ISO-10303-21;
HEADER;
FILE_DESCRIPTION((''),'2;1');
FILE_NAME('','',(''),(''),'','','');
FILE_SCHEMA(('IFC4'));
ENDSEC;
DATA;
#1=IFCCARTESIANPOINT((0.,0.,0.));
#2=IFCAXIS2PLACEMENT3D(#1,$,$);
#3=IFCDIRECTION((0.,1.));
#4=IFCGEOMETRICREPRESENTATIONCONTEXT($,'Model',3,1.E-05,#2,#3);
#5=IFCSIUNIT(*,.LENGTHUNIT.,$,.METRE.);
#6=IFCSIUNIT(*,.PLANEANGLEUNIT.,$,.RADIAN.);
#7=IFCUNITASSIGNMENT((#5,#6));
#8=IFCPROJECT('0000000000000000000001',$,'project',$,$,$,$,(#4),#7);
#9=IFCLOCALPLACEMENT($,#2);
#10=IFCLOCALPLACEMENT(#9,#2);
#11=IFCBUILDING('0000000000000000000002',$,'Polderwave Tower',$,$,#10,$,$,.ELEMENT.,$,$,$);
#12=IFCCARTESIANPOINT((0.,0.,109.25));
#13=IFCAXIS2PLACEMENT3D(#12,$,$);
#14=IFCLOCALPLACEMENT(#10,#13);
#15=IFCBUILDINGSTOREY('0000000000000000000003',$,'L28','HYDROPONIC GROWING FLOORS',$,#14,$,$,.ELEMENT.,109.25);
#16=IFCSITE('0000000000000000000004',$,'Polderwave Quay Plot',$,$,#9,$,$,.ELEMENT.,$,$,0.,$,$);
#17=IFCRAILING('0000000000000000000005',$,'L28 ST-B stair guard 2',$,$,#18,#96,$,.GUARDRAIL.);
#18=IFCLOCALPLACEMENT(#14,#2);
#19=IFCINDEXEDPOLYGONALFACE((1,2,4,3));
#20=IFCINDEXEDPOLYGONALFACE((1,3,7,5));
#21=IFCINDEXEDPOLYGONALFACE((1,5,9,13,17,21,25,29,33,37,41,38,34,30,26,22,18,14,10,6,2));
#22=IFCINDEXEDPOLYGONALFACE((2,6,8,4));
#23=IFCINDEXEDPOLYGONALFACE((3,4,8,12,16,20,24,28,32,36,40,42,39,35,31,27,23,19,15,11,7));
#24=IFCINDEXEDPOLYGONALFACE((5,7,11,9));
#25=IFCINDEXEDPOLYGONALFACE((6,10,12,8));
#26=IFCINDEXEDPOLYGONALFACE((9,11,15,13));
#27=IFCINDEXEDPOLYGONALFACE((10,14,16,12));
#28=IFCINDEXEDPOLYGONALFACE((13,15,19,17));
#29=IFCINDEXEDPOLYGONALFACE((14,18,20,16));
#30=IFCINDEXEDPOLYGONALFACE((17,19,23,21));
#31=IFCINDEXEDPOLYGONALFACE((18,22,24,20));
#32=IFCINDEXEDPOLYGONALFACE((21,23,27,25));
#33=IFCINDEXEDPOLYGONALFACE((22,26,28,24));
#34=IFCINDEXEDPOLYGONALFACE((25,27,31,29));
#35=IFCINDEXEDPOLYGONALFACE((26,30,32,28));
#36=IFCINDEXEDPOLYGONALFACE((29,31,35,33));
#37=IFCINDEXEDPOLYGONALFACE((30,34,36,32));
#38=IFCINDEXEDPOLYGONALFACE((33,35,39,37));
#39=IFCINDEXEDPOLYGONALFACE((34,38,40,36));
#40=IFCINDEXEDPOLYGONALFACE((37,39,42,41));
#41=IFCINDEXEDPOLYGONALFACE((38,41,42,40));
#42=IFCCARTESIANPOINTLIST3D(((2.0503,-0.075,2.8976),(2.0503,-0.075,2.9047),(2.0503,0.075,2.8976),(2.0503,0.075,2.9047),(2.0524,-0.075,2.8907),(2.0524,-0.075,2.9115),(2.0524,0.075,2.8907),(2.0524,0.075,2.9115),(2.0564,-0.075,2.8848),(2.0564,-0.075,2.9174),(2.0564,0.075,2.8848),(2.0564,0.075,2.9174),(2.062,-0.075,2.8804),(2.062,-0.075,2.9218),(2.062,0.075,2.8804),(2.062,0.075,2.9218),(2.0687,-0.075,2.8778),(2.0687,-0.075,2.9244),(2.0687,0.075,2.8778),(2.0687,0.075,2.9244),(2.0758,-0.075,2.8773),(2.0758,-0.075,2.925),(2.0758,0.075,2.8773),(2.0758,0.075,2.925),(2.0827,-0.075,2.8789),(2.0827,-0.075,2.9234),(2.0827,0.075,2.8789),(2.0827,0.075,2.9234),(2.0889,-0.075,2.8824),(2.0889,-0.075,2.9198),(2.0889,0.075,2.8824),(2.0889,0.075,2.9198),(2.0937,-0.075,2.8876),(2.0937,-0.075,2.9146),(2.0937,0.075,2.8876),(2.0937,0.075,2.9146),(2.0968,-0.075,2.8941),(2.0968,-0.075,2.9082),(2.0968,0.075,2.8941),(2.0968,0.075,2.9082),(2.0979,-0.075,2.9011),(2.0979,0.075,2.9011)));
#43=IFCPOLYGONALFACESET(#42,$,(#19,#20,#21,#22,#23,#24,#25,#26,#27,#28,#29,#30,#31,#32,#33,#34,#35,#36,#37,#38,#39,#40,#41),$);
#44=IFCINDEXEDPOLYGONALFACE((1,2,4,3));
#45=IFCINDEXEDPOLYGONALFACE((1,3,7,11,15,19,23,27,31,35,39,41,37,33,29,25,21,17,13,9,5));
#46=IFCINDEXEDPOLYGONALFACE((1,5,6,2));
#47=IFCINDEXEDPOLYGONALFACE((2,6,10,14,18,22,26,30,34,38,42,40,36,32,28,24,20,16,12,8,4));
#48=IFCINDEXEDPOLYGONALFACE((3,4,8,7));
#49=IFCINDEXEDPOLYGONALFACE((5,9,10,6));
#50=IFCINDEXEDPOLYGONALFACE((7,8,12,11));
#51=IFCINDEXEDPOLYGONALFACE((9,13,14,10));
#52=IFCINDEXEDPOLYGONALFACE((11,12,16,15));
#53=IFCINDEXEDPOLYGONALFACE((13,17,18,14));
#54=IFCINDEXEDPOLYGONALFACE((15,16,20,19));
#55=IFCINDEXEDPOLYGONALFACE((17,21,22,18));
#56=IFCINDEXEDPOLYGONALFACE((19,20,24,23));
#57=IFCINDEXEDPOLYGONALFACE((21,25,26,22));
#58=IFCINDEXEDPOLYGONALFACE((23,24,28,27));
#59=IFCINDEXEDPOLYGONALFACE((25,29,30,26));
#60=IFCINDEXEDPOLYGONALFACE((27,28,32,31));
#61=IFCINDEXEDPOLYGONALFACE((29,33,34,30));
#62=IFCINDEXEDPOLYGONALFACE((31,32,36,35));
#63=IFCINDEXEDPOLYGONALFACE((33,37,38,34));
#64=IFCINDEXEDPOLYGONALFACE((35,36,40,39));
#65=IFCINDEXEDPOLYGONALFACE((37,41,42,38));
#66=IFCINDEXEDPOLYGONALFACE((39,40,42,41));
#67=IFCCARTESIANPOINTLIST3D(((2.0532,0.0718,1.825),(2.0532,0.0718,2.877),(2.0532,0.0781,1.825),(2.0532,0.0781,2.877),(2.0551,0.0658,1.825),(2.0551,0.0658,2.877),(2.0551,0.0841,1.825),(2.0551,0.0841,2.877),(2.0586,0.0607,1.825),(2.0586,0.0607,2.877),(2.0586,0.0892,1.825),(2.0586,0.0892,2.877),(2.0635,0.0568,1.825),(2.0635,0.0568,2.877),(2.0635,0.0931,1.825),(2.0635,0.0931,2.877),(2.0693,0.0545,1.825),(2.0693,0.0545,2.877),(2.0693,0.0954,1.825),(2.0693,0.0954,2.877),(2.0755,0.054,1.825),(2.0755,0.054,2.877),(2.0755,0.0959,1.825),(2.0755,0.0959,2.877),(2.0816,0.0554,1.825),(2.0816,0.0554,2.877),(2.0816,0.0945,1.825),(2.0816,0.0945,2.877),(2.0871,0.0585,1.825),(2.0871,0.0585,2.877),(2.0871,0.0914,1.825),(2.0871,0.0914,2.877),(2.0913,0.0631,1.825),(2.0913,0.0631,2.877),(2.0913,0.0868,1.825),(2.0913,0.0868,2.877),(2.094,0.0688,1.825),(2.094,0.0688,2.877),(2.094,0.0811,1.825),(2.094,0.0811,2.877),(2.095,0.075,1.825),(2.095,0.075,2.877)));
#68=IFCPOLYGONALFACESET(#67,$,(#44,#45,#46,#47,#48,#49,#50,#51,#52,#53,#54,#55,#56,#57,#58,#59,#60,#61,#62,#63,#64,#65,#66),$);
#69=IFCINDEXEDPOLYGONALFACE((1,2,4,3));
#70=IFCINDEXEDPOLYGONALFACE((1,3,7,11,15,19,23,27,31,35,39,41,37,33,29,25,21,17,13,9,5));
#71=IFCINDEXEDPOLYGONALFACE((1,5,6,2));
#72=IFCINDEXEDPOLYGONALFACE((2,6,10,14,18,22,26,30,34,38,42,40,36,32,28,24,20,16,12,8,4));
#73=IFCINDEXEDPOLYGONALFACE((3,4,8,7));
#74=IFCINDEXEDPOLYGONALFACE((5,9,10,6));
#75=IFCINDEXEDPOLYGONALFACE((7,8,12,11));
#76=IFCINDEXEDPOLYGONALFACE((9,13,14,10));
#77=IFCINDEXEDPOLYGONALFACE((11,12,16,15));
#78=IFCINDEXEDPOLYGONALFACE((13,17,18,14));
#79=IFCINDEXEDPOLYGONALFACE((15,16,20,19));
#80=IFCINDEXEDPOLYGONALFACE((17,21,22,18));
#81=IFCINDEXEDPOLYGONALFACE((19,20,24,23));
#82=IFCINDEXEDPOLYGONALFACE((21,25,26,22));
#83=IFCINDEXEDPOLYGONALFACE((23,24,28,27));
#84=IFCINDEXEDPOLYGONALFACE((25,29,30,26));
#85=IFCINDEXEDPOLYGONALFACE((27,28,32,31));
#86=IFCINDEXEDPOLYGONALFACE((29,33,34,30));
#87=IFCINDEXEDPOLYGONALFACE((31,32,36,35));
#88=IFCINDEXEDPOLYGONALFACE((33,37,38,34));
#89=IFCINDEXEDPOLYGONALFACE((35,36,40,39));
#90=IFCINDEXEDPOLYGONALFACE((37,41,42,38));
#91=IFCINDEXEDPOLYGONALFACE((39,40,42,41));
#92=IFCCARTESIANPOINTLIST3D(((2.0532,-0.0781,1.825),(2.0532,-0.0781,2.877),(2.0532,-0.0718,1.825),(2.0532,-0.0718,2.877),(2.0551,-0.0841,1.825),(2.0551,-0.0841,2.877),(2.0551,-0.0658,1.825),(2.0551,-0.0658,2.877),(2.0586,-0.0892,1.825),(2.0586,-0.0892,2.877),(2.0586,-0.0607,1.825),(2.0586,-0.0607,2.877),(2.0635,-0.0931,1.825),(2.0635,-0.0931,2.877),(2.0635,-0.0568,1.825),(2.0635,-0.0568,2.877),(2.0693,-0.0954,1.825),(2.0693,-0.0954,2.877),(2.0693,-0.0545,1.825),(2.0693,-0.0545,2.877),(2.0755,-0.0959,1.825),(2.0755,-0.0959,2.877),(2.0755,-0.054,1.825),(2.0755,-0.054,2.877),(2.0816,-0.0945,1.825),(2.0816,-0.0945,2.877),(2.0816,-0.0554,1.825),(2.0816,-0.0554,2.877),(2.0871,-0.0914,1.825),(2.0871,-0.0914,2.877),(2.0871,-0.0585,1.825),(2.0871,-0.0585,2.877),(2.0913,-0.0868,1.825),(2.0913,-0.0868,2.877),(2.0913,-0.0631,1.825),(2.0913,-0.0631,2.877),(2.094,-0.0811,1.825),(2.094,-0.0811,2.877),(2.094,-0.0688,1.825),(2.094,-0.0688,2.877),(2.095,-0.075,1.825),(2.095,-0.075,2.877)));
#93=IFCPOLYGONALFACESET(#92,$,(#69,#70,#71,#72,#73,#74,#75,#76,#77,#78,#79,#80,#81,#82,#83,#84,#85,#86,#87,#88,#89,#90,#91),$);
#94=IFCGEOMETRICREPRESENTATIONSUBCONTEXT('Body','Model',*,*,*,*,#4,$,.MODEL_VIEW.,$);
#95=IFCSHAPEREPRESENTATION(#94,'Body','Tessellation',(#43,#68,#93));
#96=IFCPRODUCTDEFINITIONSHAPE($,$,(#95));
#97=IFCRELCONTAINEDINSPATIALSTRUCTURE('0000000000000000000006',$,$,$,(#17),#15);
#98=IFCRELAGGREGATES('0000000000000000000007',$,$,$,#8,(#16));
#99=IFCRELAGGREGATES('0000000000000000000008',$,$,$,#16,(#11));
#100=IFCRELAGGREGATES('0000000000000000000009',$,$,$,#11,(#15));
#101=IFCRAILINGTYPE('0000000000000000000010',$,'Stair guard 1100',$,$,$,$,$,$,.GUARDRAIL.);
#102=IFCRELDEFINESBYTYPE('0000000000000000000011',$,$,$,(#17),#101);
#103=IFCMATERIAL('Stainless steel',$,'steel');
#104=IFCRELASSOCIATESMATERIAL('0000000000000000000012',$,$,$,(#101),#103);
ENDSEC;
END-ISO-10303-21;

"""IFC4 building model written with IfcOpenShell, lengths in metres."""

from ifc_helpers import new_model, si_unit, direction, frame, origin, origin_2d, place, context, subcontext, project, spatial, circle, extrude, material, type_object, element, save


model = new_model("IFC4")

# Units and contexts
model_context = context("Model", 3, precision=1e-05, world=origin(), true_north=direction((0.0, 1.0)))
body_context = subcontext(model_context, "Body", "Model", "MODEL_VIEW")
ifc_project = project(units=[si_unit("LENGTHUNIT", "METRE"), si_unit("PLANEANGLEUNIT", "RADIAN")], contexts=[model_context])

# Site, building, storey
site_placement = place(None, origin())
site = spatial("IfcSite", under=ifc_project, at=site_placement, Name="Polderwave Quay Plot", CompositionType="ELEMENT", RefElevation=0.0)
building_placement = place(site_placement, origin())
building = spatial("IfcBuilding", under=site, at=building_placement, Name="Polderwave Tower", CompositionType="ELEMENT")
storey_placement = place(building_placement, frame((0.0, 0.0, 109.25)))
storey = spatial("IfcBuildingStorey", under=building, at=storey_placement, Name="L28", Description="HYDROPONIC GROWING FLOORS", CompositionType="ELEMENT", Elevation=109.25)

# Railing
ifc_material_1 = material(Name="Stainless steel", Category="steel")
railing_type_1 = type_object("IfcRailingType", Name="Stair guard 1100", PredefinedType="GUARDRAIL", material=ifc_material_1)
railing_1_placement = place(storey_placement, frame((2.074, 0.075, 1.825)))
element("IfcRailing", 1, at=railing_1_placement, inside=storey, type_object=railing_type_1, Name="L28 ST-B stair guard 2", PredefinedType="GUARDRAIL", context=body_context, shape_type="SweptSolid", body=[
    extrude(circle(Radius=0.0239, at=origin_2d()), frame((0.0, 0.0, 1.0762), z_axis=(0.0, -1.0, 0.0), x_axis=(1.0, 0.0, 0.0)), (0.0, 0.0, 1.0), 0.1499),
    extrude(circle(Radius=0.021, at=origin_2d()), origin(), (0.0, 0.0, 1.0), 1.052),
    extrude(circle(Radius=0.021, at=origin_2d()), frame((0.0, -0.1499, 0.0)), (0.0, 0.0, 1.0), 1.052),
])

save(model, "model.ifc")
